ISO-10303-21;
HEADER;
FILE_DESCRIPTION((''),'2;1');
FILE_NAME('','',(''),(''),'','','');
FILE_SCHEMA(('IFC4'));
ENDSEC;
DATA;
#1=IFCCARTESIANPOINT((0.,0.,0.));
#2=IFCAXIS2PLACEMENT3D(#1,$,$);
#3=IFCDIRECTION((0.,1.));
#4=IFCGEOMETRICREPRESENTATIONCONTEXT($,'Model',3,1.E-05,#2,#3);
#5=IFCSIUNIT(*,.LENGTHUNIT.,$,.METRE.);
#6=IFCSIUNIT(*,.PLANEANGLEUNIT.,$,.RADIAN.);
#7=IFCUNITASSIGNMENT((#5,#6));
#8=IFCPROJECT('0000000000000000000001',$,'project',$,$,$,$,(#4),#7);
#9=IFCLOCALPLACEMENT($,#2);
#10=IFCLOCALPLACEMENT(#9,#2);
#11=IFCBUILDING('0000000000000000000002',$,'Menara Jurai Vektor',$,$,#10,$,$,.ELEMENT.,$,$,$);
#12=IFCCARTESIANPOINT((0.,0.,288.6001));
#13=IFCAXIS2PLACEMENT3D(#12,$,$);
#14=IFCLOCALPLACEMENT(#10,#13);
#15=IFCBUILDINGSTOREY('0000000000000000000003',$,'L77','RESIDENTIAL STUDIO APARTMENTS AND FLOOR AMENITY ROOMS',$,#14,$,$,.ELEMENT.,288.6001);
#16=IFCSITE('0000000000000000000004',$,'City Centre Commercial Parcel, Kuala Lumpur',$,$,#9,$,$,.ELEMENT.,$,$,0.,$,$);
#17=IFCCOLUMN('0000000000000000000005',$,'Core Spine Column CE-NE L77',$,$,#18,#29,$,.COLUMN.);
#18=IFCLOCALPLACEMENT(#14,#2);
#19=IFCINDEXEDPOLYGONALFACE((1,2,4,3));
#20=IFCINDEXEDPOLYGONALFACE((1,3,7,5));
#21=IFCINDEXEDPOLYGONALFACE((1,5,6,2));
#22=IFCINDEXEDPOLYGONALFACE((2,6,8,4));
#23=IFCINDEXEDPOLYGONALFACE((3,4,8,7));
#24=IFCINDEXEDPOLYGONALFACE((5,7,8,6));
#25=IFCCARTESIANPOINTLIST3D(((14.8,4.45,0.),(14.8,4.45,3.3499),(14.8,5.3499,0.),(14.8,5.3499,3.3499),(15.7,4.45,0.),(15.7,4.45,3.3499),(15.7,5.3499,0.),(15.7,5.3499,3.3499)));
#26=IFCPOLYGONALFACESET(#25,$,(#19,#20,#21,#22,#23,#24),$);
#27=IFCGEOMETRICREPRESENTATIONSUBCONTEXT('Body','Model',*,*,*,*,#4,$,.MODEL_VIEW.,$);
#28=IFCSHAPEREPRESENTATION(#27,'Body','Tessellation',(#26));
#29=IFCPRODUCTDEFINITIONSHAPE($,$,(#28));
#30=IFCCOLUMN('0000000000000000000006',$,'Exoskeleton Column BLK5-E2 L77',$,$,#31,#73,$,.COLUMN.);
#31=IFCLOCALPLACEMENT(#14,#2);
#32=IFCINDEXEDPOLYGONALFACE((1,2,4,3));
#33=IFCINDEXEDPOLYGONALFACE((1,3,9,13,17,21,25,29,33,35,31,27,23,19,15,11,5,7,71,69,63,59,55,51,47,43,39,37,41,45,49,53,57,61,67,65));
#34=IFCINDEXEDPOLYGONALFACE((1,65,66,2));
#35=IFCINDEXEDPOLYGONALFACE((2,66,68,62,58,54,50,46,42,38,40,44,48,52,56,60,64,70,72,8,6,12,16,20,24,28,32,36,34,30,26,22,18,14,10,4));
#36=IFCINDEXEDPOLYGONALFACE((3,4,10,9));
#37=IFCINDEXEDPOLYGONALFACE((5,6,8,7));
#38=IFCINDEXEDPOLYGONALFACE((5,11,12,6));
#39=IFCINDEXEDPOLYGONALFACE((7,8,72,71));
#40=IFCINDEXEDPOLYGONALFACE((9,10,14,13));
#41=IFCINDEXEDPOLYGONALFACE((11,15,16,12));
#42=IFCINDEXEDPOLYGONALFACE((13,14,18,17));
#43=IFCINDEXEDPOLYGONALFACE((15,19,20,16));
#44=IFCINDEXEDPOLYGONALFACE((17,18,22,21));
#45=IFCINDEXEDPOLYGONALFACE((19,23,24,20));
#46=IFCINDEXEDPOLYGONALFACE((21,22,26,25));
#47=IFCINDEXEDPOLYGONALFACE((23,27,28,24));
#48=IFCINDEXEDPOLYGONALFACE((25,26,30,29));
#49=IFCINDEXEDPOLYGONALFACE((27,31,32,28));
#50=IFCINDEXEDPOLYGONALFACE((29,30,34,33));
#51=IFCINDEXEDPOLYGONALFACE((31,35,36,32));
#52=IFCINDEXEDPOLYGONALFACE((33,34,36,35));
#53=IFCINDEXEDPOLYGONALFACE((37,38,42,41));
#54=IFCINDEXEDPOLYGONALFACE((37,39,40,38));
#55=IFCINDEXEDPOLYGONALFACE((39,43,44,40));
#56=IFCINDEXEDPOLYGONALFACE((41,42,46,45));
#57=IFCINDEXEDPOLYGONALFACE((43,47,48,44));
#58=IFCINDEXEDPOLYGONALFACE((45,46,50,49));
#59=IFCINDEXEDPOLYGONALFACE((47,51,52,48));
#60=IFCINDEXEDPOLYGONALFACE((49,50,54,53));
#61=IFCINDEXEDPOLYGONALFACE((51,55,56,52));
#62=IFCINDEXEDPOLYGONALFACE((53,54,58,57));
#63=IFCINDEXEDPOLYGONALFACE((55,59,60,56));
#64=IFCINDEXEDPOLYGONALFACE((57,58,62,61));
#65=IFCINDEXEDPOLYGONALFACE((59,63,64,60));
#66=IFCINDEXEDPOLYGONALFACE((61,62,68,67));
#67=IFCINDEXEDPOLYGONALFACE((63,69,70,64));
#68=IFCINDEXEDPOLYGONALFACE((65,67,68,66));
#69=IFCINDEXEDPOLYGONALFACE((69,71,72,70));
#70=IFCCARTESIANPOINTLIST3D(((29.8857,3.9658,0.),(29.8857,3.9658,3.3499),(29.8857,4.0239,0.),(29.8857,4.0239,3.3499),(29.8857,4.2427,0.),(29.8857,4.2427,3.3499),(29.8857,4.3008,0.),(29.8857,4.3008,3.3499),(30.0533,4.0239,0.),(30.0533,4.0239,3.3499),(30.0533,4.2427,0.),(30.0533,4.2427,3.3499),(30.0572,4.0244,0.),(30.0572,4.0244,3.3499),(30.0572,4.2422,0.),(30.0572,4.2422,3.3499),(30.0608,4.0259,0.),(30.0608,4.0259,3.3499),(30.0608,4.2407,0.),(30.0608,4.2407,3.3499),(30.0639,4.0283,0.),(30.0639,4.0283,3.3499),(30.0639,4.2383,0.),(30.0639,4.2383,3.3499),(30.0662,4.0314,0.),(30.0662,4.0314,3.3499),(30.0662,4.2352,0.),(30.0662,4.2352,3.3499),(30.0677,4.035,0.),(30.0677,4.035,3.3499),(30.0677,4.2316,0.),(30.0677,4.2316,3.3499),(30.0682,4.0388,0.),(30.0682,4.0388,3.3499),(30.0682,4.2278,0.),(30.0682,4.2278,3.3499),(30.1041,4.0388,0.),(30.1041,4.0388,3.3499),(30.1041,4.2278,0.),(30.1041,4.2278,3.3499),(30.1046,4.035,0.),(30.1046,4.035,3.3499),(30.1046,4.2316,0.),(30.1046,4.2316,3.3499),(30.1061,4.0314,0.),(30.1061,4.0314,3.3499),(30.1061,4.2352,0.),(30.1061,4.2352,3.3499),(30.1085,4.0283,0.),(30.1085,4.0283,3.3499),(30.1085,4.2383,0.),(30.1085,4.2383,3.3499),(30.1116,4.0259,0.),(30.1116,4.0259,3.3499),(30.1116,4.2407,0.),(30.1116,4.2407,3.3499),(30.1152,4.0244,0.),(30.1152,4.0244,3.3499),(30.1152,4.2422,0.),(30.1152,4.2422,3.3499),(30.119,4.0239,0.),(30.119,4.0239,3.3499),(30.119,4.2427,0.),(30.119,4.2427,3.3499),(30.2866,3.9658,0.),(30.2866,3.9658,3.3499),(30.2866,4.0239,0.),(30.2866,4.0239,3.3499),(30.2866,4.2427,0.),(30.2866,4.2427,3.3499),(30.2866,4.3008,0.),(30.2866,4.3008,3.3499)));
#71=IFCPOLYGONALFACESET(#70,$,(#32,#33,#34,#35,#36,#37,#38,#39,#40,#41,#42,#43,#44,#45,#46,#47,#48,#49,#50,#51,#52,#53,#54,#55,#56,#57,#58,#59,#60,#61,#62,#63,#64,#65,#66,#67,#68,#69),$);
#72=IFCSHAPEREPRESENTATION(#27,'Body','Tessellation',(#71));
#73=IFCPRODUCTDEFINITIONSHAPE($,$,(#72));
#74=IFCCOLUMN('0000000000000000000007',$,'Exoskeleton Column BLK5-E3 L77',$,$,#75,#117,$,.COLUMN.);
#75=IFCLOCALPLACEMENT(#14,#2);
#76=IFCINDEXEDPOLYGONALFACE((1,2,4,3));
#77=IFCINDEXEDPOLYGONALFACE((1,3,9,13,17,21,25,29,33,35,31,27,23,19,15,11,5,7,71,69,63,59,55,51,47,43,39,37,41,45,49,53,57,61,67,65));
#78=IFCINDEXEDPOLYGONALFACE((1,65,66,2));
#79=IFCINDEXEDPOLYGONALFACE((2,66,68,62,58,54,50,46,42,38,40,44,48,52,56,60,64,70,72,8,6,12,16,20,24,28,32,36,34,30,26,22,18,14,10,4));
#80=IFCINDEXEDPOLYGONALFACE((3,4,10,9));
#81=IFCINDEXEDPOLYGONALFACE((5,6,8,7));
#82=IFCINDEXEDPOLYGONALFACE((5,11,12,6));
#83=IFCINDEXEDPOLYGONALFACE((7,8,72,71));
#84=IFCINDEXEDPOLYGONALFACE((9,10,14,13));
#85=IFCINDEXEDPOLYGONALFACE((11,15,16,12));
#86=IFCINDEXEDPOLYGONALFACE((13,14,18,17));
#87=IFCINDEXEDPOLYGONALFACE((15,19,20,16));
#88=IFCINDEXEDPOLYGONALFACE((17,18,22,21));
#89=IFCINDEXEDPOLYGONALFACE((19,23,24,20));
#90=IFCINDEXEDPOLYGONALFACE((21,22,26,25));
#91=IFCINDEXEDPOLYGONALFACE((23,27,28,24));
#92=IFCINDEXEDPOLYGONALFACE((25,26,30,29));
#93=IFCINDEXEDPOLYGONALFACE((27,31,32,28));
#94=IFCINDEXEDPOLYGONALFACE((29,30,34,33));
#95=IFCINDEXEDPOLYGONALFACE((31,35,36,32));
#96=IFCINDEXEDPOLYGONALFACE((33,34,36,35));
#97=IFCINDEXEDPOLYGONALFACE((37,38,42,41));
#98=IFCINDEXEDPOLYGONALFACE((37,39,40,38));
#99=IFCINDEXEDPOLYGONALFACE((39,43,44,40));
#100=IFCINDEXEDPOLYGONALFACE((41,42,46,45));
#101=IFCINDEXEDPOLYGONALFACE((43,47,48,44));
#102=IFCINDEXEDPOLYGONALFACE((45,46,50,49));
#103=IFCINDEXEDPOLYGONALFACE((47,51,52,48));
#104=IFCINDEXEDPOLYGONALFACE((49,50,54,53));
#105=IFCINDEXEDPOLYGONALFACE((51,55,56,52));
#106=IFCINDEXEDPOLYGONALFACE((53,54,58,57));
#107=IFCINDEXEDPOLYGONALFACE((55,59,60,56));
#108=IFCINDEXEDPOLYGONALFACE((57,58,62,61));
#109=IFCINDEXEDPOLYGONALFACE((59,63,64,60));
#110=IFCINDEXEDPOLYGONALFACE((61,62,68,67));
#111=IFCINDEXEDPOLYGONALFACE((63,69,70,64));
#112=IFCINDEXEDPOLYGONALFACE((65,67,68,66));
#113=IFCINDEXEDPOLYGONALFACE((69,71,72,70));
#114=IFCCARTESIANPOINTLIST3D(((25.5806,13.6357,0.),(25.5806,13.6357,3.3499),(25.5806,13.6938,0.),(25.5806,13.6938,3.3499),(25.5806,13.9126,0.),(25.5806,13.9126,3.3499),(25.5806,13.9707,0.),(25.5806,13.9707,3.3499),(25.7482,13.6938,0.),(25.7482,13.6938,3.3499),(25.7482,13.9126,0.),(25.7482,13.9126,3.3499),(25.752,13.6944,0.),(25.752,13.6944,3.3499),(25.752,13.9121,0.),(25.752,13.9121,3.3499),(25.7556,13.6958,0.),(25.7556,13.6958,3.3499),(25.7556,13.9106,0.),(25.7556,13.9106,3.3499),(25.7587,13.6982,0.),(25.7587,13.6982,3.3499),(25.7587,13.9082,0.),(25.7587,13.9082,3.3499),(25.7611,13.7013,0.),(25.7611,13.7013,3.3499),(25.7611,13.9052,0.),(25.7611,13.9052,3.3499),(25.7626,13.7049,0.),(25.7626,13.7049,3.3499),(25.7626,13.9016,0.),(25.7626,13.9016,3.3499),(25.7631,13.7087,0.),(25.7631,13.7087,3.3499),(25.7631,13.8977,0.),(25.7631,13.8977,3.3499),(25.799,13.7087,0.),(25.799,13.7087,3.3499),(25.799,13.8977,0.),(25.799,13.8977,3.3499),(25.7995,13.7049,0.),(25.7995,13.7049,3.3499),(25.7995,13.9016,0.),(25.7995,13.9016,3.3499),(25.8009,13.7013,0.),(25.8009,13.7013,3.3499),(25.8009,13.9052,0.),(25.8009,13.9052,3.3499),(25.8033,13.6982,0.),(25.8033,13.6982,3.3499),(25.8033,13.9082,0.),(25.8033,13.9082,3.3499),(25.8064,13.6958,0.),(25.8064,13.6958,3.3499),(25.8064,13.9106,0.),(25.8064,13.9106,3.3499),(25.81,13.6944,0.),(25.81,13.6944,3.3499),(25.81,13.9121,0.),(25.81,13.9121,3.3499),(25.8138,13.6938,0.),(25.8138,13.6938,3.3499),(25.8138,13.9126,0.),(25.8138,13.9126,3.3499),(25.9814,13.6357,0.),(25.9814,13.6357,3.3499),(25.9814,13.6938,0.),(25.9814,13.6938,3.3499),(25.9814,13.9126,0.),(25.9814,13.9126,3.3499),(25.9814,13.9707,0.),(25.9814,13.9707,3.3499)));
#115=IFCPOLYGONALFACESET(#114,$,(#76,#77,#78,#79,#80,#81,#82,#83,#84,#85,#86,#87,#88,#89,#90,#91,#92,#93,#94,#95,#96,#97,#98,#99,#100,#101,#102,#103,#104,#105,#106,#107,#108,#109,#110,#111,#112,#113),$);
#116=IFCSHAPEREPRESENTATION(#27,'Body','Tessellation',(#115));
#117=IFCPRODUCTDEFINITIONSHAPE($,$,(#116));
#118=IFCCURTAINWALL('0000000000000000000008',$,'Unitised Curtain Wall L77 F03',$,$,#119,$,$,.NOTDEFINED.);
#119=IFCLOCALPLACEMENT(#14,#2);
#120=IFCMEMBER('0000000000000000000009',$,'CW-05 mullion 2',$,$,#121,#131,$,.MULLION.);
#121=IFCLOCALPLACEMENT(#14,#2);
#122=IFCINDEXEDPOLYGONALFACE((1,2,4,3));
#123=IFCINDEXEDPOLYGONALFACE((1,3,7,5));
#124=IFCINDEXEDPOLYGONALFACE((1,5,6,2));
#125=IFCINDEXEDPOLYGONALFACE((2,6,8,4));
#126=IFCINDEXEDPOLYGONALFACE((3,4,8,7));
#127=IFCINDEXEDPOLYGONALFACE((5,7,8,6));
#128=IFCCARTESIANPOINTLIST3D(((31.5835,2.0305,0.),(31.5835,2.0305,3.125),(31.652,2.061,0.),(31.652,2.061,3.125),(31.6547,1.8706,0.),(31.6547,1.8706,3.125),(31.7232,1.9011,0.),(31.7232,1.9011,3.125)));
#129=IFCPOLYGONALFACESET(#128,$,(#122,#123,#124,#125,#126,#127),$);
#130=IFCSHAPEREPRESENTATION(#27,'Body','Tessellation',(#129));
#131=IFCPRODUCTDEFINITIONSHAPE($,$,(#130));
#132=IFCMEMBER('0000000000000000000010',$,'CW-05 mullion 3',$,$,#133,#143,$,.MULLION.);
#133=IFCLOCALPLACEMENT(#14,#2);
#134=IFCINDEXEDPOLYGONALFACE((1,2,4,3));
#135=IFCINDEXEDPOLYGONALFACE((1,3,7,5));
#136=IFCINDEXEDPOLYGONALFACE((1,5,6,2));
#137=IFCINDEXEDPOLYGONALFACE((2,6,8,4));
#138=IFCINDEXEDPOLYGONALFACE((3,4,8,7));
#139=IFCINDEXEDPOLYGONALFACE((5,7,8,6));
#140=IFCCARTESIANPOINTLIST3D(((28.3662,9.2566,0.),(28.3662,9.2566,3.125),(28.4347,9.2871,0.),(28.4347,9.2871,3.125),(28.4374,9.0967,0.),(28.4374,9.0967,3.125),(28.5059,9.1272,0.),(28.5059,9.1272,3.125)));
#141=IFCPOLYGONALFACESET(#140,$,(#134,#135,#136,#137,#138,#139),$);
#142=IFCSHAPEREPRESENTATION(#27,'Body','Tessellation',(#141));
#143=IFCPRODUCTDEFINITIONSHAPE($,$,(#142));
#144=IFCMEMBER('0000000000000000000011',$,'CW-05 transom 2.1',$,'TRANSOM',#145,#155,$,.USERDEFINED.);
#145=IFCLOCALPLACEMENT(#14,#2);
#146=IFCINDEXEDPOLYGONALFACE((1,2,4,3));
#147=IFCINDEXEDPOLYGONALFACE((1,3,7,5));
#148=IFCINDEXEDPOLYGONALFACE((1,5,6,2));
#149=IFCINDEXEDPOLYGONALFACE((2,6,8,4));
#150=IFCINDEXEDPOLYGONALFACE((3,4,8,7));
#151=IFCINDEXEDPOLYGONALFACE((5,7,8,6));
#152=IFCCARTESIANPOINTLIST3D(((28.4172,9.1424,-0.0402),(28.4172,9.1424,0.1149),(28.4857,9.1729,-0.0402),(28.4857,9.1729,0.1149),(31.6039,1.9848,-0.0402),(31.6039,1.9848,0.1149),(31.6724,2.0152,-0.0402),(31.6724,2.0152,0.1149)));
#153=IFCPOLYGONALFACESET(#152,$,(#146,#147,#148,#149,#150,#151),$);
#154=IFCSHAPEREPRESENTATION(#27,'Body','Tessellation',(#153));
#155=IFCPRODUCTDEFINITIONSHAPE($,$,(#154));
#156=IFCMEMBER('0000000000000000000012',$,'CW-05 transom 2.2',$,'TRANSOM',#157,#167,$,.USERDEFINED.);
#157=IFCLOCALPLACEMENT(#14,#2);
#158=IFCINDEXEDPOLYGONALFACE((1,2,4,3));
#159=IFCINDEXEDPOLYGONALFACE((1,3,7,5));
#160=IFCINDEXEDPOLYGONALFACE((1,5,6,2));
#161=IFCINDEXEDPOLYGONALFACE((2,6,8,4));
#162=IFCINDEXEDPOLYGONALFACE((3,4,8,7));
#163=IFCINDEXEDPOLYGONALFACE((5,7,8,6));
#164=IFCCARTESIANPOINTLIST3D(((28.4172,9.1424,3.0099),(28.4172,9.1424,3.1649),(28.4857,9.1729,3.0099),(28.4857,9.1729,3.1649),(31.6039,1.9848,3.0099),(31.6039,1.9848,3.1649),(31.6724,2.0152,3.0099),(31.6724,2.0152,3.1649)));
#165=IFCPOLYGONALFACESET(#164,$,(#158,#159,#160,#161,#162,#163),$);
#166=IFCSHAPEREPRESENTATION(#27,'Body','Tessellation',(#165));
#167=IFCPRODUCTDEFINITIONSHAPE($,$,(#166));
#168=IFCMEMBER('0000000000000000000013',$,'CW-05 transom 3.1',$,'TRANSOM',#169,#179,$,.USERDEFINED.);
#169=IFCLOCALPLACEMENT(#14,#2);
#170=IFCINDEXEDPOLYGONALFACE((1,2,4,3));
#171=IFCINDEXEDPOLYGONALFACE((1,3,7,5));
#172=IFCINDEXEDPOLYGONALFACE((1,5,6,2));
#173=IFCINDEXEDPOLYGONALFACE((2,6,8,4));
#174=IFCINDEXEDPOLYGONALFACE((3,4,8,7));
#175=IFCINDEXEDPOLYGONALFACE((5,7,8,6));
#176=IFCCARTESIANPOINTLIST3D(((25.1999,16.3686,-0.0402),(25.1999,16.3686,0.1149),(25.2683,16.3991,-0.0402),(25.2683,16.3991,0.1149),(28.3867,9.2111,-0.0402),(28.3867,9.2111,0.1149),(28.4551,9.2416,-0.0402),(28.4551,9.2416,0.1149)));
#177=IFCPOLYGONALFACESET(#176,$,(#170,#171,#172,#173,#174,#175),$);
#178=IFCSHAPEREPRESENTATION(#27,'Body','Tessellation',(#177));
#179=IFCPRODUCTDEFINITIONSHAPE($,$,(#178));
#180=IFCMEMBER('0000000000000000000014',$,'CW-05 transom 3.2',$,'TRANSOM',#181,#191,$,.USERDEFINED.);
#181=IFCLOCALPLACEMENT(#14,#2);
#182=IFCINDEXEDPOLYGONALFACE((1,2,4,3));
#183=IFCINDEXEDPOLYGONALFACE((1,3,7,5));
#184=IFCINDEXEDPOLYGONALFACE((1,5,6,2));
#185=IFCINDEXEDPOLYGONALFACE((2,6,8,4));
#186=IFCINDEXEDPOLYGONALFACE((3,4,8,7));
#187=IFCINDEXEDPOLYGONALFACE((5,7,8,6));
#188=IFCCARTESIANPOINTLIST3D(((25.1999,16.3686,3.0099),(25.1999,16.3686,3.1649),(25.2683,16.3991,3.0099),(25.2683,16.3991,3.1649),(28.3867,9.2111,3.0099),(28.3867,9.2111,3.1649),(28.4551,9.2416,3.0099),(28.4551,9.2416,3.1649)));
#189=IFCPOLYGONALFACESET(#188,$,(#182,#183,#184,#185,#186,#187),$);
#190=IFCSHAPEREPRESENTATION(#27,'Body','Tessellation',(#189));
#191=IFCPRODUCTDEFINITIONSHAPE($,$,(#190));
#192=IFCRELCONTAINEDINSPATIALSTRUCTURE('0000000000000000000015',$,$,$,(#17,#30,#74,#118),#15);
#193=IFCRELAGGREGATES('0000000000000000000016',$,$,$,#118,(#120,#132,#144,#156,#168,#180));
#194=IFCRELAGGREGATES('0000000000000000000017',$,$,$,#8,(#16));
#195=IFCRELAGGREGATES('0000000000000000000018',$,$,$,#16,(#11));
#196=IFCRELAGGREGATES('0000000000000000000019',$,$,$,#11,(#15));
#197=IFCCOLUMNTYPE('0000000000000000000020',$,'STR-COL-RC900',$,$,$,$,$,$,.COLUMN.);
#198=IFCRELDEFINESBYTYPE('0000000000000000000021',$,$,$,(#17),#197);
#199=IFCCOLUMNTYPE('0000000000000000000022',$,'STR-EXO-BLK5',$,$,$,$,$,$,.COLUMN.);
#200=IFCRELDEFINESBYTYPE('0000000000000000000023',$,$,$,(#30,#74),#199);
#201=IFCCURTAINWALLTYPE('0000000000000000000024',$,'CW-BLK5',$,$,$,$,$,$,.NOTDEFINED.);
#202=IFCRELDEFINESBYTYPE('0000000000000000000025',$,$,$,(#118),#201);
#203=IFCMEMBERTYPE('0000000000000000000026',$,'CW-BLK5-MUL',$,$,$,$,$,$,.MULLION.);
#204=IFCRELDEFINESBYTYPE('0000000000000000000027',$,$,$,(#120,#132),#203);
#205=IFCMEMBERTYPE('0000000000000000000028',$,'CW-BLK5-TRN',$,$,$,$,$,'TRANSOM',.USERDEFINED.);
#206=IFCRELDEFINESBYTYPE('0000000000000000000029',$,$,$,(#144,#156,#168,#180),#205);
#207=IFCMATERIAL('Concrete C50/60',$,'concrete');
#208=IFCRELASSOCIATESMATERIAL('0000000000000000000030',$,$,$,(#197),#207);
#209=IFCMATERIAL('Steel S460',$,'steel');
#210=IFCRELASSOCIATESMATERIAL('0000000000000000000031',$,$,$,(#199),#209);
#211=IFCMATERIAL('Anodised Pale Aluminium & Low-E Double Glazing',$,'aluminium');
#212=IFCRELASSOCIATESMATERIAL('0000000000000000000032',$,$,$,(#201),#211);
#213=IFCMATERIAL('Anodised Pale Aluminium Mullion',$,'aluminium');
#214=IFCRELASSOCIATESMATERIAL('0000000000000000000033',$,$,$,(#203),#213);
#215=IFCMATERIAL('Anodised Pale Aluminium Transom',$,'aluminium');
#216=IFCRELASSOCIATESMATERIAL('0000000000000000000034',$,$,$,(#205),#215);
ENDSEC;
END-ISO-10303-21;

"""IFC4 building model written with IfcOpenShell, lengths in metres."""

from ifc_helpers import new_model, si_unit, direction, frame, origin, origin_2d, place, context, subcontext, project, spatial, rectangle, i_section, extrude, material, material_profile, profile_set, type_object, element, aggregate, save


model = new_model("IFC4")

# Units and contexts
model_context = context("Model", 3, precision=1e-05, world=origin(), true_north=direction((0.0, 1.0)))
body_context = subcontext(model_context, "Body", "Model", "MODEL_VIEW")
ifc_project = project(units=[si_unit("LENGTHUNIT", "METRE"), si_unit("PLANEANGLEUNIT", "RADIAN")], contexts=[model_context])

# Site, building, storey
site_placement = place(None, origin())
site = spatial("IfcSite", under=ifc_project, at=site_placement, Name="City Centre Commercial Parcel, Kuala Lumpur", CompositionType="ELEMENT", RefElevation=0.0)
building_placement = place(site_placement, origin())
building = spatial("IfcBuilding", under=site, at=building_placement, Name="Menara Jurai Vektor", CompositionType="ELEMENT")
storey_placement = place(building_placement, frame((0.0, 0.0, 288.6001)))
storey = spatial("IfcBuildingStorey", under=building, at=storey_placement, Name="L77", Description="RESIDENTIAL STUDIO APARTMENTS AND FLOOR AMENITY ROOMS", CompositionType="ELEMENT", Elevation=288.6001)

# Columns
ifc_material_1 = material(Name="Concrete C50/60", Category="concrete")
ifc_material_profile_1 = material_profile(ifc_material_1, rectangle(XDim=0.8999, YDim=0.8999, at=origin_2d()), Name="RC 900x900")
ifc_profile_set_1 = profile_set([ifc_material_profile_1], Name="Concrete C50/60")
column_type_1 = type_object("IfcColumnType", Name="STR-COL-RC900", PredefinedType="COLUMN", material=ifc_profile_set_1)
column_placement = place(storey_placement, frame((15.25, 4.8999, 0.0), z_axis=(0.0, 0.0, 1.0), x_axis=(1.0, 0.0, 0.0)))
element("IfcColumn", 1, at=column_placement, inside=storey, type_object=column_type_1, Name="Core Spine Column CE-NE L77", PredefinedType="COLUMN", context=body_context, shape_type="SweptSolid", body=[
    extrude(rectangle(XDim=0.8999, YDim=0.8999, at=origin_2d()), origin(), (0.0, 0.0, 1.0), 3.3499),
])
ifc_material_2 = material(Name="Steel S460", Category="steel")
ifc_material_profile_2 = material_profile(ifc_material_2, i_section(OverallWidth=0.4009, OverallDepth=0.335, WebThickness=0.0359, FlangeThickness=0.0581, FilletRadius=0.0149, at=origin_2d()), Name="HD 400x463")
ifc_profile_set_2 = profile_set([ifc_material_profile_2], Name="Steel S460")
column_type_2 = type_object("IfcColumnType", Name="STR-EXO-BLK5", PredefinedType="COLUMN", material=ifc_profile_set_2)
for number, where, z_axis, x_axis, name in (
    (2, (30.0862, 4.1333, 0.0), (0.0, 0.0, 1.0), (1.0, 0.0, 0.0), "Exoskeleton Column BLK5-E2 L77"),
    (3, (25.781, 13.8032, 0.0), (0.0, 0.0, 1.0), (1.0, 0.0, 0.0), "Exoskeleton Column BLK5-E3 L77"),
):
    element("IfcColumn", number, at=place(storey_placement, frame(where, z_axis=z_axis, x_axis=x_axis)), inside=storey, type_object=column_type_2, Name=name, PredefinedType="COLUMN", context=body_context, shape_type="SweptSolid", body=[
        extrude(i_section(OverallWidth=0.4009, OverallDepth=0.335, WebThickness=0.0359, FlangeThickness=0.0581, FilletRadius=0.0149, at=origin_2d()), origin(), (0.0, 0.0, 1.0), 3.3499),
    ])

# Curtain wall, members
ifc_material_3 = material(Name="Anodised Pale Aluminium & Low-E Double Glazing", Category="aluminium")
curtain_wall_type = type_object("IfcCurtainWallType", Name="CW-BLK5", PredefinedType="NOTDEFINED", material=ifc_material_3)
curtain_wall_placement = place(storey_placement, origin())
curtain_wall = element("IfcCurtainWall", 4, at=curtain_wall_placement, inside=storey, type_object=curtain_wall_type, Name="Unitised Curtain Wall L77 F03", PredefinedType="NOTDEFINED")
ifc_material_4 = material(Name="Anodised Pale Aluminium Mullion", Category="aluminium")
ifc_material_profile_3 = material_profile(ifc_material_4, rectangle(XDim=0.075, YDim=0.175, at=origin_2d()), Name="ALU MUL 75x175")
ifc_profile_set_3 = profile_set([ifc_material_profile_3], Name="Anodised Pale Aluminium Mullion")
member_type_1 = type_object("IfcMemberType", Name="CW-BLK5-MUL", PredefinedType="MULLION", material=ifc_profile_set_3)
member_1_placement = place(storey_placement, frame((31.6533, 1.9658, 0.0), z_axis=(0.0, 0.0, 1.0), x_axis=(-0.913546, -0.406735, 0.0)))
member_1 = element("IfcMember", 5, at=member_1_placement, type_object=member_type_1, Name="CW-05 mullion 2", PredefinedType="MULLION", context=body_context, shape_type="SweptSolid", body=[
    extrude(rectangle(XDim=0.075, YDim=0.175, at=origin_2d()), origin(), (0.0, 0.0, 1.0), 3.125),
])
member_2_placement = place(storey_placement, frame((28.436, 9.1919, 0.0), z_axis=(0.0, 0.0, 1.0), x_axis=(-0.913546, -0.406735, 0.0)))
member_2 = element("IfcMember", 6, at=member_2_placement, type_object=member_type_1, Name="CW-05 mullion 3", PredefinedType="MULLION", context=body_context, shape_type="SweptSolid", body=[
    extrude(rectangle(XDim=0.075, YDim=0.175, at=origin_2d()), origin(), (0.0, 0.0, 1.0), 3.125),
])
ifc_material_5 = material(Name="Anodised Pale Aluminium Transom", Category="aluminium")
ifc_material_profile_4 = material_profile(ifc_material_5, rectangle(XDim=0.075, YDim=0.155, at=origin_2d()), Name="ALU TRN 75x155")
ifc_profile_set_4 = profile_set([ifc_material_profile_4], Name="Anodised Pale Aluminium Transom")
member_type_2 = type_object("IfcMemberType", Name="CW-BLK5-TRN", ElementType="TRANSOM", PredefinedType="USERDEFINED", material=ifc_profile_set_4)
member_3_placement = place(storey_placement, frame((31.6382, 2.0, 0.0374), z_axis=(-0.406731, 0.913548, 0.0), x_axis=(-0.913548, -0.406731, 0.0)))
member_3 = element("IfcMember", 7, at=member_3_placement, type_object=member_type_2, Name="CW-05 transom 2.1", ObjectType="TRANSOM", PredefinedType="USERDEFINED", context=body_context, shape_type="SweptSolid", body=[
    extrude(rectangle(XDim=0.075, YDim=0.155, at=origin_2d()), origin(), (0.0, 0.0, 1.0), 7.835),
])
member_4_placement = place(storey_placement, frame((31.6382, 2.0, 3.0874), z_axis=(-0.406731, 0.913548, 0.0), x_axis=(-0.913548, -0.406731, 0.0)))
member_4 = element("IfcMember", 8, at=member_4_placement, type_object=member_type_2, Name="CW-05 transom 2.2", ObjectType="TRANSOM", PredefinedType="USERDEFINED", context=body_context, shape_type="SweptSolid", body=[
    extrude(rectangle(XDim=0.075, YDim=0.155, at=origin_2d()), origin(), (0.0, 0.0, 1.0), 7.835),
])
member_5_placement = place(storey_placement, frame((28.4209, 9.2263, 0.0374), z_axis=(-0.406743, 0.913543, 0.0), x_axis=(-0.913543, -0.406743, 0.0)))
member_5 = element("IfcMember", 9, at=member_5_placement, type_object=member_type_2, Name="CW-05 transom 3.1", ObjectType="TRANSOM", PredefinedType="USERDEFINED", context=body_context, shape_type="SweptSolid", body=[
    extrude(rectangle(XDim=0.075, YDim=0.155, at=origin_2d()), origin(), (0.0, 0.0, 1.0), 7.835),
])
member_6_placement = place(storey_placement, frame((28.4209, 9.2263, 3.0874), z_axis=(-0.406743, 0.913543, 0.0), x_axis=(-0.913543, -0.406743, 0.0)))
member_6 = element("IfcMember", 10, at=member_6_placement, type_object=member_type_2, Name="CW-05 transom 3.2", ObjectType="TRANSOM", PredefinedType="USERDEFINED", context=body_context, shape_type="SweptSolid", body=[
    extrude(rectangle(XDim=0.075, YDim=0.155, at=origin_2d()), origin(), (0.0, 0.0, 1.0), 7.835),
])

aggregate(curtain_wall, [member_1, member_2, member_3, member_4, member_5, member_6])

save(model, "model.ifc")
